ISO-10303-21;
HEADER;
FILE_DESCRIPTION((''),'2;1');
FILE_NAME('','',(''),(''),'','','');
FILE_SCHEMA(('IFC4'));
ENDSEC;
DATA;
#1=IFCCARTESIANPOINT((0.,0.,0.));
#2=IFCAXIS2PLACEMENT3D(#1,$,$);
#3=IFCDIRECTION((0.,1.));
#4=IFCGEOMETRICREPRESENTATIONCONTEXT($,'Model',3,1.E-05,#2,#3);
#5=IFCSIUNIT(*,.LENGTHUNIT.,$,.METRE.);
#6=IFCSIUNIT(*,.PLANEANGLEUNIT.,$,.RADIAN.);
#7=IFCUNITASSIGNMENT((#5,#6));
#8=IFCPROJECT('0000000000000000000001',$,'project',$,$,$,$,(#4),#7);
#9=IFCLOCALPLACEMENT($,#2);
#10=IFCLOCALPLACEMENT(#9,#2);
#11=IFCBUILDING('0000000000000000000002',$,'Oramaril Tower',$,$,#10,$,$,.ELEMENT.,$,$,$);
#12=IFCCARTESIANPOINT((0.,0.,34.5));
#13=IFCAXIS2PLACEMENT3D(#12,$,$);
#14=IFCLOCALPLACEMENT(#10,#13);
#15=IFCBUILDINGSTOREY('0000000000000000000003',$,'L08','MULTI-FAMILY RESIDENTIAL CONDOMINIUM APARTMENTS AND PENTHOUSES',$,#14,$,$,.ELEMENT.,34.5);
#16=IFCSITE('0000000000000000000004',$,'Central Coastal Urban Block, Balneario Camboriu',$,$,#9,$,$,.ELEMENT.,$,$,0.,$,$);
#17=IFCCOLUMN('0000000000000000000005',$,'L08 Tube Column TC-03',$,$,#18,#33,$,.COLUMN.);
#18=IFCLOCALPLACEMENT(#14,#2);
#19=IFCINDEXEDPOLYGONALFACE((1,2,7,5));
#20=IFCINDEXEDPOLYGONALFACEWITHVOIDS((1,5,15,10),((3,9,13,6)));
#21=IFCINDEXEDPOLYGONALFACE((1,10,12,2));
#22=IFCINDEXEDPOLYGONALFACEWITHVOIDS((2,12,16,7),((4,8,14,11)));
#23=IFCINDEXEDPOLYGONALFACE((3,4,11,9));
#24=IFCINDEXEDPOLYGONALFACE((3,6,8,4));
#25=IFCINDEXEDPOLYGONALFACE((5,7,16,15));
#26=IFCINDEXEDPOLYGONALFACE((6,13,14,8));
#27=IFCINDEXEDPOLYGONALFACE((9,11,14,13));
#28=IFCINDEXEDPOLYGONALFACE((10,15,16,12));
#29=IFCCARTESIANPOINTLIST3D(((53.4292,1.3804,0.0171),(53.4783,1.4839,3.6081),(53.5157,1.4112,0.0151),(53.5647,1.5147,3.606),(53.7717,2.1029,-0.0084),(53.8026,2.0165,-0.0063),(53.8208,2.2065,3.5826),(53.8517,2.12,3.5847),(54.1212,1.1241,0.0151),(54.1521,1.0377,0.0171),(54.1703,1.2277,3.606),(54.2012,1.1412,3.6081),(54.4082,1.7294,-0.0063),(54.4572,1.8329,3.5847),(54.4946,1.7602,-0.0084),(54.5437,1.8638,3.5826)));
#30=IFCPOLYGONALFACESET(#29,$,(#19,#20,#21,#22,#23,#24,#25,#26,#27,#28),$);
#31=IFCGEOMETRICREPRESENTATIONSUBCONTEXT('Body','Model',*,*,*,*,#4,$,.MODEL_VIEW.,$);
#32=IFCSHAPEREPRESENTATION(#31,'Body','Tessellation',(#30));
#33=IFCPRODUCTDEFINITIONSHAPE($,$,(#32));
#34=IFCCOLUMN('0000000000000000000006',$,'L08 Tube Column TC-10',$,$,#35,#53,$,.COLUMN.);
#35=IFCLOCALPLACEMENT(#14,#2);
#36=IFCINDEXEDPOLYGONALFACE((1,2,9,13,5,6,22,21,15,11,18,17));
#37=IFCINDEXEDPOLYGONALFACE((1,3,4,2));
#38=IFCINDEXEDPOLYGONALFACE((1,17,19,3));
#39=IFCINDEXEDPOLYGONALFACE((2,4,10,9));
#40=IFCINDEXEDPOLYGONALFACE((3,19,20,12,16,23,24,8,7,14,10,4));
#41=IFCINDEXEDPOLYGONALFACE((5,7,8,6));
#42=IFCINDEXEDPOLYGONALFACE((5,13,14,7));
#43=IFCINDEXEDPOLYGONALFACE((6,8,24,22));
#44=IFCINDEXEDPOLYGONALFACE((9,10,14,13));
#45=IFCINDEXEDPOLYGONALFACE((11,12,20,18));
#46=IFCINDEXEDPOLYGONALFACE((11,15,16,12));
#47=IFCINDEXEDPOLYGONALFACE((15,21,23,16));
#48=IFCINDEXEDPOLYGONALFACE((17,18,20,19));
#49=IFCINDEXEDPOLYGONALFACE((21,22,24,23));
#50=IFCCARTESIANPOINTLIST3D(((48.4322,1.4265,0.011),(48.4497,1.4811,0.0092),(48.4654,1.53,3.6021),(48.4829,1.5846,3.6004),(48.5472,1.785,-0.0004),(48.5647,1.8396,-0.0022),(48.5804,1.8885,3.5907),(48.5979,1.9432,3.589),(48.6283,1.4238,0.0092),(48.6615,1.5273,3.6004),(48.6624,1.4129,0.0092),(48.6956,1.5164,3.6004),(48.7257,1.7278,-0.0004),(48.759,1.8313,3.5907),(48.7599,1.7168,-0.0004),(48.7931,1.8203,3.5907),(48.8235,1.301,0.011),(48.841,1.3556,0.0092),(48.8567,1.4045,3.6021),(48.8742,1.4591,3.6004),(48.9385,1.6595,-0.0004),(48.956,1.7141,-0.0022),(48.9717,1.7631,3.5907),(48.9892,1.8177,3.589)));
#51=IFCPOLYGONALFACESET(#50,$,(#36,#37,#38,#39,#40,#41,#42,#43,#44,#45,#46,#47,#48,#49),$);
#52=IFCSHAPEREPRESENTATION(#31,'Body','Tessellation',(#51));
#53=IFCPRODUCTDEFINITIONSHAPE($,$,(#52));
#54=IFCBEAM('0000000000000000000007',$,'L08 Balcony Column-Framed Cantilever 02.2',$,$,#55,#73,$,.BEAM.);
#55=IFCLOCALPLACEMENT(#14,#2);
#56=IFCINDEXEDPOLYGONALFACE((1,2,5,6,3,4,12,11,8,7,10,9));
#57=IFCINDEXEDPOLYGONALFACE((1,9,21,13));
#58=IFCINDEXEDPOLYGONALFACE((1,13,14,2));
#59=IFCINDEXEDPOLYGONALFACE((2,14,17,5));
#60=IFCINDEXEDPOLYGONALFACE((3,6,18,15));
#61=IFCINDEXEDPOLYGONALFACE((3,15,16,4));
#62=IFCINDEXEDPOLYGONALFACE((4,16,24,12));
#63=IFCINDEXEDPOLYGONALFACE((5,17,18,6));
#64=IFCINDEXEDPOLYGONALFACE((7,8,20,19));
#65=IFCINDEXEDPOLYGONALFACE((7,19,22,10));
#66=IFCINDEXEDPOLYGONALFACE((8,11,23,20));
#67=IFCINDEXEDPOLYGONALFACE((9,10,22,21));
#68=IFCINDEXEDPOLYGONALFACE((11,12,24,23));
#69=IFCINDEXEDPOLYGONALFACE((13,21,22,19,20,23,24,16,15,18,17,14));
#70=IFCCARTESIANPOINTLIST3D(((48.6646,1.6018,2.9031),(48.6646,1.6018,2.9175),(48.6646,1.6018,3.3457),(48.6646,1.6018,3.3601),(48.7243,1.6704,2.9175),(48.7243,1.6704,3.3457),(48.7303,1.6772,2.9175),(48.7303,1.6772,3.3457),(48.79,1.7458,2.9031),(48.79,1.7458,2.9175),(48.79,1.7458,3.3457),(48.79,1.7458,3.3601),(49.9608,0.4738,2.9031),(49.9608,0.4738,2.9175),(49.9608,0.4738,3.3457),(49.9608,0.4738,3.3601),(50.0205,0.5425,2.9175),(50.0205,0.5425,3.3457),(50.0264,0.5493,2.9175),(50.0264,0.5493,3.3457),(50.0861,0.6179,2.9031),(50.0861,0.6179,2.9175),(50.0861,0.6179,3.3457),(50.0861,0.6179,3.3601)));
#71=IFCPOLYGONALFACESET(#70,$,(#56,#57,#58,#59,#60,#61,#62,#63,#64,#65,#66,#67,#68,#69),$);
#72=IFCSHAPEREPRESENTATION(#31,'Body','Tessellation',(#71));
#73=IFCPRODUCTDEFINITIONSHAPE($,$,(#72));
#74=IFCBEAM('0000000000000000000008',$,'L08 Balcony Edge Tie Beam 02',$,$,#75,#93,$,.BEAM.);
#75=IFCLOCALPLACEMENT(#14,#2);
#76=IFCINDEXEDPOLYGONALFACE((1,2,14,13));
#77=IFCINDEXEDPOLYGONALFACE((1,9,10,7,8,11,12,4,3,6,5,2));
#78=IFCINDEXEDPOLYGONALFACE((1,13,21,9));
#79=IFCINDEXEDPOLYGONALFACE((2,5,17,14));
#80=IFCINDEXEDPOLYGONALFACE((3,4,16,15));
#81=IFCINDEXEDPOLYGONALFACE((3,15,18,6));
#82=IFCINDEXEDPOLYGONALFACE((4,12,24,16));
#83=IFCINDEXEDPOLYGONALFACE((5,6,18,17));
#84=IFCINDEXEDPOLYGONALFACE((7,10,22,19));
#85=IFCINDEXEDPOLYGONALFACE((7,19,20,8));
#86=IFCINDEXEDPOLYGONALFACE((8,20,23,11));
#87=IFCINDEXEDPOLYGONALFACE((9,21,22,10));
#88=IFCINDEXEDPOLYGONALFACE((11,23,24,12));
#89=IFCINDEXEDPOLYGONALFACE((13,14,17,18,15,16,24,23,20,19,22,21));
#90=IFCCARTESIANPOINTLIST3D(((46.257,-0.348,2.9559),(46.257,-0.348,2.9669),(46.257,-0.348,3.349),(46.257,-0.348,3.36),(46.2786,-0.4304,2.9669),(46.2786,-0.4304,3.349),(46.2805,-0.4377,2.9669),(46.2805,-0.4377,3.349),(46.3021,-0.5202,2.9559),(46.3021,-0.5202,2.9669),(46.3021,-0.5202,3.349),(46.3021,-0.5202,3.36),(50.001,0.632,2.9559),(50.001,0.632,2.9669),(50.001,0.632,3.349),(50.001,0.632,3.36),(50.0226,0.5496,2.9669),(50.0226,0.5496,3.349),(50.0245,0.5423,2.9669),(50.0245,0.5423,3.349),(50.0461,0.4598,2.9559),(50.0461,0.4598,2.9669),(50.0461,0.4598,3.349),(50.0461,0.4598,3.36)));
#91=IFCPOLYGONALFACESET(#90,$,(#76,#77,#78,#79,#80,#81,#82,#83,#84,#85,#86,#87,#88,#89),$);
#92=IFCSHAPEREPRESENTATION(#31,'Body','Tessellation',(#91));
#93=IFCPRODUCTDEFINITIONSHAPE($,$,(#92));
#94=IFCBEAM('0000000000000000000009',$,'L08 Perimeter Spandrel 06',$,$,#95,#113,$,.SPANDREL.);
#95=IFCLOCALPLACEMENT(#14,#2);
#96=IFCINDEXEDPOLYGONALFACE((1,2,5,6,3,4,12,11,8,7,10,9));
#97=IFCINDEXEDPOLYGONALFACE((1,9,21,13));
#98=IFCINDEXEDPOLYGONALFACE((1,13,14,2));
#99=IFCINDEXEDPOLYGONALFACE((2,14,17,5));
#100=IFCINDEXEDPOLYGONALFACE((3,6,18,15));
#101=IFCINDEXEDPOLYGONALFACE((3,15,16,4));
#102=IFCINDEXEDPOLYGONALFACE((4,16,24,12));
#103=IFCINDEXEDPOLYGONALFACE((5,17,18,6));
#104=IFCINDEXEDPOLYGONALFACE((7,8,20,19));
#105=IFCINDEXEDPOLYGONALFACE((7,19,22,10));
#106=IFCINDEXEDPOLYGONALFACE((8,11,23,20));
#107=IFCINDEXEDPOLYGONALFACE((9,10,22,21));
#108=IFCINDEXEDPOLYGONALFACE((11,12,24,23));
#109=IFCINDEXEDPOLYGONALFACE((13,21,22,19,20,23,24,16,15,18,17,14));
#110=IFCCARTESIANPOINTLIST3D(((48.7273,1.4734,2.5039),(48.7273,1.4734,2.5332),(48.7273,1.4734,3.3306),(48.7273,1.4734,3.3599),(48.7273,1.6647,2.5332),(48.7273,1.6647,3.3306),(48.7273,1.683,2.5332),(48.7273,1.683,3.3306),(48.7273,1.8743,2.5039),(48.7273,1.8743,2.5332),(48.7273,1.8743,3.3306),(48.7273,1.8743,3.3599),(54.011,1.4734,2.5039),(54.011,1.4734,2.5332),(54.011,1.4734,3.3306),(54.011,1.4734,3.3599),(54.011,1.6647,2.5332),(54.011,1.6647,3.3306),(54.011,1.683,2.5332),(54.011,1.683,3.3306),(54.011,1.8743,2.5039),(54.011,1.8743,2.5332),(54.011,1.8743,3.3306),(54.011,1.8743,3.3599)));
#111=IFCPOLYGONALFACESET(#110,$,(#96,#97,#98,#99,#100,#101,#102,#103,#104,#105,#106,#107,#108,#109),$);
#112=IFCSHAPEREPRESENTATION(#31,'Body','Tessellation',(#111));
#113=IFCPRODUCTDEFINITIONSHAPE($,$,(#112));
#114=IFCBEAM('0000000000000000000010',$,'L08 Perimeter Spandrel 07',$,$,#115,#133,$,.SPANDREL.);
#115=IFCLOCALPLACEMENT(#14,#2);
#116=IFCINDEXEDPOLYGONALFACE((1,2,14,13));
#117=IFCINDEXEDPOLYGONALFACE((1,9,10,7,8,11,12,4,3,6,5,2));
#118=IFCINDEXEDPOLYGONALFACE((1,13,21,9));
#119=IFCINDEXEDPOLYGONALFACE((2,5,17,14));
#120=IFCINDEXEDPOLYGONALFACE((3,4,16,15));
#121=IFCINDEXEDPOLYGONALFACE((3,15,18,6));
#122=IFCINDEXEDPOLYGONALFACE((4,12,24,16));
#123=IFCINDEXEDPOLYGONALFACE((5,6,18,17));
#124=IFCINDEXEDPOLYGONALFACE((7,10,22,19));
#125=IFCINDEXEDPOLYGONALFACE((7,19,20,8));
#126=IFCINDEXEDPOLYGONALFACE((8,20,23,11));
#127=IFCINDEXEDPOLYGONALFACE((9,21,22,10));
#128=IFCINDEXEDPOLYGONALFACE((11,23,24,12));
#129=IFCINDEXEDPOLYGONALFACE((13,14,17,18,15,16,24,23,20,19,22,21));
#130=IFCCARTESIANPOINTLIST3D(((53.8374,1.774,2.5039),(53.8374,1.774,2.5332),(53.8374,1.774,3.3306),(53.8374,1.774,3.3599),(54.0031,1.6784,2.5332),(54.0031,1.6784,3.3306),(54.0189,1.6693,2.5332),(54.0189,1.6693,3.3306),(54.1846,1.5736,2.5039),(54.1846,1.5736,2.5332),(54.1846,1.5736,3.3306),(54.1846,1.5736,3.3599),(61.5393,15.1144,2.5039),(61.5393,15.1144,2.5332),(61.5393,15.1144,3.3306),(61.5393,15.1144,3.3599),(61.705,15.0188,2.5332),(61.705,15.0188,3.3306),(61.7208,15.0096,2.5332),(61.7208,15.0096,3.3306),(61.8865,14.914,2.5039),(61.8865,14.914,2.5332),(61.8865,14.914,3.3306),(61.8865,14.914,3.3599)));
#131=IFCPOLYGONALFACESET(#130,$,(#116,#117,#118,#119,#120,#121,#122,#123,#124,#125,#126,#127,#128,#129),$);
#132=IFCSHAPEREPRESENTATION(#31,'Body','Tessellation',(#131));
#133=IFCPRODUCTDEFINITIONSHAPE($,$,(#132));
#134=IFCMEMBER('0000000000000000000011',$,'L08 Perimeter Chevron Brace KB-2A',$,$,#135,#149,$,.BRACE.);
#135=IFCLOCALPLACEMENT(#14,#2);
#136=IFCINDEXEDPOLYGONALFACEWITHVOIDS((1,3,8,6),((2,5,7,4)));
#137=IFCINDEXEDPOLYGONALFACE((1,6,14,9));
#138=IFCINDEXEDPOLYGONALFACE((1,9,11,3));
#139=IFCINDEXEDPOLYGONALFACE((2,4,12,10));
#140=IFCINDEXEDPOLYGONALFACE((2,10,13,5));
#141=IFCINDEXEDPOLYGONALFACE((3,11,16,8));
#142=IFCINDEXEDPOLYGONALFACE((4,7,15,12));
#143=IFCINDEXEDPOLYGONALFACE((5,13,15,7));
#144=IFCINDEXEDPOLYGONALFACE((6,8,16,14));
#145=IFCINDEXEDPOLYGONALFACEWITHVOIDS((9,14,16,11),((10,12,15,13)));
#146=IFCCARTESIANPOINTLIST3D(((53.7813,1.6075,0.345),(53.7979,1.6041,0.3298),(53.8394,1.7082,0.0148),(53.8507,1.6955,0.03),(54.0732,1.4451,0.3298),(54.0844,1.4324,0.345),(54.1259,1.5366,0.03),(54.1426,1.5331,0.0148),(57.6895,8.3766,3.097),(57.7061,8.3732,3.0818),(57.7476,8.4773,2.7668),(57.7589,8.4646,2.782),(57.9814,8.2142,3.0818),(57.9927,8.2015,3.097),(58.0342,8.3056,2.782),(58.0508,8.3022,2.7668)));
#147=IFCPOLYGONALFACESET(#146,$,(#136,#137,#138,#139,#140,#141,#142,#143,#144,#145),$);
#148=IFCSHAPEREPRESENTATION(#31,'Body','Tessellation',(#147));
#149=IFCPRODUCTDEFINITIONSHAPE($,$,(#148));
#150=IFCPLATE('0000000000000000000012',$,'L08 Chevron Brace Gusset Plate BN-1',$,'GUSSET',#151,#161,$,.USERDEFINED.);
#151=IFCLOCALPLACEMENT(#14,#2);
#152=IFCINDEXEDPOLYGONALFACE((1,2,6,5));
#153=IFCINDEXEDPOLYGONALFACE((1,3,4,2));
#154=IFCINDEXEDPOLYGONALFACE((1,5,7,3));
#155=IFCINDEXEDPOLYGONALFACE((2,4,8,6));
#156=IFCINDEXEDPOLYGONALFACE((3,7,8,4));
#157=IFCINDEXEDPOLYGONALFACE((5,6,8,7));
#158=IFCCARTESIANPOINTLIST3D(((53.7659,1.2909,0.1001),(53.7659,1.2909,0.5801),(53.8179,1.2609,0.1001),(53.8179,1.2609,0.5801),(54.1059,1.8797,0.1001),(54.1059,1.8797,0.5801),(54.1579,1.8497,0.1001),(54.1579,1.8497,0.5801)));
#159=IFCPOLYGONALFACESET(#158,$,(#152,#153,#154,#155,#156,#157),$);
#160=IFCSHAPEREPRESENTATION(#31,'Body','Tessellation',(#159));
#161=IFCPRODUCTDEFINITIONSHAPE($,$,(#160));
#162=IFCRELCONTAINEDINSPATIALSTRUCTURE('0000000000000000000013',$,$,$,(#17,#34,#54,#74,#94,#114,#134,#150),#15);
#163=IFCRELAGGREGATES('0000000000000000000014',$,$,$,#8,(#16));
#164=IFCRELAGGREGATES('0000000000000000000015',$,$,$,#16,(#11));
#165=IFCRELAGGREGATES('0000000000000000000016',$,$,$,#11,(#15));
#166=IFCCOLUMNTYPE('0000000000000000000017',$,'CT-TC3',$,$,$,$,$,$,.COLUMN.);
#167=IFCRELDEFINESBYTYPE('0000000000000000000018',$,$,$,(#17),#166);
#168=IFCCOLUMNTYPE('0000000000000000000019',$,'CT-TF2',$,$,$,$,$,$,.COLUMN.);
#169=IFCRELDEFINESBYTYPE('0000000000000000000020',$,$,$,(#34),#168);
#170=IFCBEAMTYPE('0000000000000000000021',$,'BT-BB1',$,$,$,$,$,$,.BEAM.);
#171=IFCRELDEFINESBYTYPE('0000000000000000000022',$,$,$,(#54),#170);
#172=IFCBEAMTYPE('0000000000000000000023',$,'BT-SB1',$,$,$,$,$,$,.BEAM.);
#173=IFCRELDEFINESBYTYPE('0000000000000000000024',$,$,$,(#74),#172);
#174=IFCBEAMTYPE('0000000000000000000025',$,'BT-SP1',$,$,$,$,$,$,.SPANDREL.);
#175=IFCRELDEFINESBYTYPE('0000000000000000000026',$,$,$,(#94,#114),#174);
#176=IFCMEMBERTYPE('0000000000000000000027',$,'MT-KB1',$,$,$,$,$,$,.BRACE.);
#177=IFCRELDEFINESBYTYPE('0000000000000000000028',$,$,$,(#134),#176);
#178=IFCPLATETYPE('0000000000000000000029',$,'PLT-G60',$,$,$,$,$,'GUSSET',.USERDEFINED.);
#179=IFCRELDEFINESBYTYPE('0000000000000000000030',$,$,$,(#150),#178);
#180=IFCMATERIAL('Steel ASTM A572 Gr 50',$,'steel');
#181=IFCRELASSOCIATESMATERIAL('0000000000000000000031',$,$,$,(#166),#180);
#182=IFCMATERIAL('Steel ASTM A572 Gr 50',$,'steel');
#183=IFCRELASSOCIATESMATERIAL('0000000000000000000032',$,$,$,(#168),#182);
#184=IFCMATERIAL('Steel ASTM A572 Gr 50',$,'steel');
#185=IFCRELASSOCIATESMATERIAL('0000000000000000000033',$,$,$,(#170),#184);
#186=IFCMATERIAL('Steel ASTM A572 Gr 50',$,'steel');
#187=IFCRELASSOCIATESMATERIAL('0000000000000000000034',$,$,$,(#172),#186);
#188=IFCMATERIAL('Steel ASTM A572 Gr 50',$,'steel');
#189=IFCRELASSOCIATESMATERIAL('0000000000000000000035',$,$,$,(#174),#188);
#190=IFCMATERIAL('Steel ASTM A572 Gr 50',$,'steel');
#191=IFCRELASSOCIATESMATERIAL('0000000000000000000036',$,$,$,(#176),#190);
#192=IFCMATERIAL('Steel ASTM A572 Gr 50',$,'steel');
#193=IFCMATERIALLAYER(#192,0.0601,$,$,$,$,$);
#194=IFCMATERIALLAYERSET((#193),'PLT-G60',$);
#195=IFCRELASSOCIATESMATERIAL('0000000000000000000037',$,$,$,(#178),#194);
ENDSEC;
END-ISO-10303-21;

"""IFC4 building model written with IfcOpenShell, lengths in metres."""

from ifc_helpers import new_model, si_unit, direction, frame, origin, origin_2d, place, context, subcontext, project, spatial, rectangle, hollow_rectangle, i_section, extrude, material, layer, layer_set, material_profile, profile_set, type_object, element, save


model = new_model("IFC4")

# Units and contexts
model_context = context("Model", 3, precision=1e-05, world=origin(), true_north=direction((0.0, 1.0)))
body_context = subcontext(model_context, "Body", "Model", "MODEL_VIEW")
ifc_project = project(units=[si_unit("LENGTHUNIT", "METRE"), si_unit("PLANEANGLEUNIT", "RADIAN")], contexts=[model_context])

# Site, building, storey
site_placement = place(None, origin())
site = spatial("IfcSite", under=ifc_project, at=site_placement, Name="Central Coastal Urban Block, Balneario Camboriu", CompositionType="ELEMENT", RefElevation=0.0)
building_placement = place(site_placement, origin())
building = spatial("IfcBuilding", under=site, at=building_placement, Name="Oramaril Tower", CompositionType="ELEMENT")
storey_placement = place(building_placement, frame((0.0, 0.0, 34.5)))
storey = spatial("IfcBuildingStorey", under=building, at=storey_placement, Name="L08", Description="MULTI-FAMILY RESIDENTIAL CONDOMINIUM APARTMENTS AND PENTHOUSES", CompositionType="ELEMENT", Elevation=34.5)

# Columns
ifc_material_1 = material(Name="Steel ASTM A572 Gr 50", Category="steel")
ifc_material_profile_1 = material_profile(ifc_material_1, hollow_rectangle(XDim=0.8, YDim=0.8, WallThickness=0.0649, at=origin_2d()), Name="BOX800X800X65")
ifc_profile_set_1 = profile_set([ifc_material_profile_1], Name="Steel ASTM A572 Gr 50")
column_type_1 = type_object("IfcColumnType", Name="CT-TC3", PredefinedType="COLUMN", material=ifc_profile_set_1)
column_1_placement = place(storey_placement, frame((53.9619, 1.5703, 0.0044), z_axis=(0.013658, 0.028811, 0.999492), x_axis=(-0.903608, 0.428361, 0.0)))
element("IfcColumn", 1, at=column_1_placement, inside=storey, type_object=column_type_1, Name="L08 Tube Column TC-03", PredefinedType="COLUMN", context=body_context, shape_type="SweptSolid", body=[
    extrude(hollow_rectangle(XDim=0.8, YDim=0.8, WallThickness=0.0649, at=origin_2d()), origin(), (0.0, 0.0, 1.0), 3.5928),
])
ifc_material_2 = material(Name="Steel ASTM A572 Gr 50", Category="steel")
ifc_material_profile_2 = material_profile(ifc_material_2, i_section(OverallWidth=0.4109, OverallDepth=0.4341, WebThickness=0.0359, FlangeThickness=0.0574, at=origin_2d()), Name="W14X311")
ifc_profile_set_2 = profile_set([ifc_material_profile_2], Name="Steel ASTM A572 Gr 50")
column_type_2 = type_object("IfcColumnType", Name="CT-TF2", PredefinedType="COLUMN", material=ifc_profile_set_2)
column_2_placement = place(storey_placement, frame((48.6941, 1.5703, 0.0044), z_axis=(0.009242, 0.028813, 0.999542), x_axis=(-0.952215, 0.305428, 0.0)))
element("IfcColumn", 2, at=column_2_placement, inside=storey, type_object=column_type_2, Name="L08 Tube Column TC-10", PredefinedType="COLUMN", context=body_context, shape_type="SweptSolid", body=[
    extrude(i_section(OverallWidth=0.4109, OverallDepth=0.4341, WebThickness=0.0359, FlangeThickness=0.0574, at=origin_2d()), origin(), (0.0, 0.0, 1.0), 3.5928),
])

# Beams
ifc_material_3 = material(Name="Steel ASTM A572 Gr 50", Category="steel")
ifc_material_profile_3 = material_profile(ifc_material_3, i_section(OverallWidth=0.1909, OverallDepth=0.457, WebThickness=0.009, FlangeThickness=0.0144, at=origin_2d()), Name="W18X50")
ifc_profile_set_3 = profile_set([ifc_material_profile_3], Name="Steel ASTM A572 Gr 50")
beam_type_1 = type_object("IfcBeamType", Name="BT-BB1", PredefinedType="BEAM", material=ifc_profile_set_3)
beam_1_placement = place(storey_placement, frame((48.7273, 1.6738, 3.1316), z_axis=(0.754361, -0.65646, 0.0), x_axis=(0.65646, 0.754361, 0.0)))
element("IfcBeam", 3, at=beam_1_placement, inside=storey, type_object=beam_type_1, Name="L08 Balcony Column-Framed Cantilever 02.2", PredefinedType="BEAM", context=body_context, shape_type="SweptSolid", body=[
    extrude(i_section(OverallWidth=0.1909, OverallDepth=0.457, WebThickness=0.009, FlangeThickness=0.0144, at=origin_2d()), origin(), (0.0, 0.0, 1.0), 1.7183),
])
ifc_material_4 = material(Name="Steel ASTM A572 Gr 50", Category="steel")
ifc_material_profile_4 = material_profile(ifc_material_4, i_section(OverallWidth=0.178, OverallDepth=0.4041, WebThickness=0.0076, FlangeThickness=0.011, at=origin_2d()), Name="W16X36")
ifc_profile_set_4 = profile_set([ifc_material_profile_4], Name="Steel ASTM A572 Gr 50")
beam_type_2 = type_object("IfcBeamType", Name="BT-SB1", PredefinedType="BEAM", material=ifc_profile_set_4)
beam_2_placement = place(storey_placement, frame((46.2795, -0.4341, 3.158), z_axis=(0.967408, 0.253223, 0.0), x_axis=(-0.253223, 0.967408, 0.0)))
element("IfcBeam", 4, at=beam_2_placement, inside=storey, type_object=beam_type_2, Name="L08 Balcony Edge Tie Beam 02", PredefinedType="BEAM", context=body_context, shape_type="SweptSolid", body=[
    extrude(i_section(OverallWidth=0.178, OverallDepth=0.4041, WebThickness=0.0076, FlangeThickness=0.011, at=origin_2d()), origin(), (0.0, 0.0, 1.0), 3.8701),
])
ifc_material_5 = material(Name="Steel ASTM A572 Gr 50", Category="steel")
ifc_material_profile_5 = material_profile(ifc_material_5, i_section(OverallWidth=0.4009, OverallDepth=0.856, WebThickness=0.0183, FlangeThickness=0.0293, at=origin_2d()), Name="W33X201")
ifc_profile_set_5 = profile_set([ifc_material_profile_5], Name="Steel ASTM A572 Gr 50")
beam_type_3 = type_object("IfcBeamType", Name="BT-SP1", PredefinedType="SPANDREL", material=ifc_profile_set_5)
beam_3_placement = place(storey_placement, frame((48.7273, 1.6738, 2.9319), z_axis=(1.0, 0.0, 0.0), x_axis=(0.0, 1.0, 0.0)))
element("IfcBeam", 5, at=beam_3_placement, inside=storey, type_object=beam_type_3, Name="L08 Perimeter Spandrel 06", PredefinedType="SPANDREL", context=body_context, shape_type="SweptSolid", body=[
    extrude(i_section(OverallWidth=0.4009, OverallDepth=0.856, WebThickness=0.0183, FlangeThickness=0.0293, at=origin_2d()), origin(), (0.0, 0.0, 1.0), 5.2837),
])
beam_4_placement = place(storey_placement, frame((54.011, 1.6738, 2.9319), z_axis=(0.499993, 0.866029, 0.0), x_axis=(-0.866029, 0.499993, 0.0)))
element("IfcBeam", 6, at=beam_4_placement, inside=storey, type_object=beam_type_3, Name="L08 Perimeter Spandrel 07", PredefinedType="SPANDREL", context=body_context, shape_type="SweptSolid", body=[
    extrude(i_section(OverallWidth=0.4009, OverallDepth=0.856, WebThickness=0.0183, FlangeThickness=0.0293, at=origin_2d()), origin(), (0.0, 0.0, 1.0), 15.4041),
])

# Member
ifc_material_6 = material(Name="Steel ASTM A572 Gr 50", Category="steel")
ifc_material_profile_6 = material_profile(ifc_material_6, hollow_rectangle(XDim=0.3501, YDim=0.3501, WallThickness=0.0161, at=origin_2d()), Name="HSS350X350X16")
ifc_profile_set_6 = profile_set([ifc_material_profile_6], Name="Steel ASTM A572 Gr 50")
member_type = type_object("IfcMemberType", Name="MT-KB1", PredefinedType="BRACE", material=ifc_profile_set_6)
member_placement = place(storey_placement, frame((53.9619, 1.5703, 0.1799), z_axis=(0.471631, 0.816869, 0.332098), x_axis=(-0.86602, 0.500009, 0.0)))
element("IfcMember", 7, at=member_placement, inside=storey, type_object=member_type, Name="L08 Perimeter Chevron Brace KB-2A", PredefinedType="BRACE", context=body_context, shape_type="SweptSolid", body=[
    extrude(hollow_rectangle(XDim=0.3501, YDim=0.3501, WallThickness=0.0161, at=origin_2d()), origin(), (0.0, 0.0, 1.0), 8.2866),
])

# Plate
ifc_material_7 = material(Name="Steel ASTM A572 Gr 50", Category="steel")
ifc_layer_1 = layer(ifc_material_7, 0.0601)
ifc_layer_set_1 = layer_set([ifc_layer_1], Name="PLT-G60")
plate_type = type_object("IfcPlateType", Name="PLT-G60", ElementType="GUSSET", PredefinedType="USERDEFINED", material=ifc_layer_set_1)
plate_placement = place(storey_placement, frame((53.9619, 1.5703, 0.1001), z_axis=(0.0, 0.0, 1.0), x_axis=(0.499998, 0.866026, 0.0)))
element("IfcPlate", 8, at=plate_placement, inside=storey, type_object=plate_type, Name="L08 Chevron Brace Gusset Plate BN-1", ObjectType="GUSSET", PredefinedType="USERDEFINED", context=body_context, shape_type="SweptSolid", body=[
    extrude(rectangle(XDim=0.6799, YDim=0.0601, at=origin_2d()), origin(), (0.0, 0.0, 1.0), 0.48),
])

save(model, "model.ifc")
